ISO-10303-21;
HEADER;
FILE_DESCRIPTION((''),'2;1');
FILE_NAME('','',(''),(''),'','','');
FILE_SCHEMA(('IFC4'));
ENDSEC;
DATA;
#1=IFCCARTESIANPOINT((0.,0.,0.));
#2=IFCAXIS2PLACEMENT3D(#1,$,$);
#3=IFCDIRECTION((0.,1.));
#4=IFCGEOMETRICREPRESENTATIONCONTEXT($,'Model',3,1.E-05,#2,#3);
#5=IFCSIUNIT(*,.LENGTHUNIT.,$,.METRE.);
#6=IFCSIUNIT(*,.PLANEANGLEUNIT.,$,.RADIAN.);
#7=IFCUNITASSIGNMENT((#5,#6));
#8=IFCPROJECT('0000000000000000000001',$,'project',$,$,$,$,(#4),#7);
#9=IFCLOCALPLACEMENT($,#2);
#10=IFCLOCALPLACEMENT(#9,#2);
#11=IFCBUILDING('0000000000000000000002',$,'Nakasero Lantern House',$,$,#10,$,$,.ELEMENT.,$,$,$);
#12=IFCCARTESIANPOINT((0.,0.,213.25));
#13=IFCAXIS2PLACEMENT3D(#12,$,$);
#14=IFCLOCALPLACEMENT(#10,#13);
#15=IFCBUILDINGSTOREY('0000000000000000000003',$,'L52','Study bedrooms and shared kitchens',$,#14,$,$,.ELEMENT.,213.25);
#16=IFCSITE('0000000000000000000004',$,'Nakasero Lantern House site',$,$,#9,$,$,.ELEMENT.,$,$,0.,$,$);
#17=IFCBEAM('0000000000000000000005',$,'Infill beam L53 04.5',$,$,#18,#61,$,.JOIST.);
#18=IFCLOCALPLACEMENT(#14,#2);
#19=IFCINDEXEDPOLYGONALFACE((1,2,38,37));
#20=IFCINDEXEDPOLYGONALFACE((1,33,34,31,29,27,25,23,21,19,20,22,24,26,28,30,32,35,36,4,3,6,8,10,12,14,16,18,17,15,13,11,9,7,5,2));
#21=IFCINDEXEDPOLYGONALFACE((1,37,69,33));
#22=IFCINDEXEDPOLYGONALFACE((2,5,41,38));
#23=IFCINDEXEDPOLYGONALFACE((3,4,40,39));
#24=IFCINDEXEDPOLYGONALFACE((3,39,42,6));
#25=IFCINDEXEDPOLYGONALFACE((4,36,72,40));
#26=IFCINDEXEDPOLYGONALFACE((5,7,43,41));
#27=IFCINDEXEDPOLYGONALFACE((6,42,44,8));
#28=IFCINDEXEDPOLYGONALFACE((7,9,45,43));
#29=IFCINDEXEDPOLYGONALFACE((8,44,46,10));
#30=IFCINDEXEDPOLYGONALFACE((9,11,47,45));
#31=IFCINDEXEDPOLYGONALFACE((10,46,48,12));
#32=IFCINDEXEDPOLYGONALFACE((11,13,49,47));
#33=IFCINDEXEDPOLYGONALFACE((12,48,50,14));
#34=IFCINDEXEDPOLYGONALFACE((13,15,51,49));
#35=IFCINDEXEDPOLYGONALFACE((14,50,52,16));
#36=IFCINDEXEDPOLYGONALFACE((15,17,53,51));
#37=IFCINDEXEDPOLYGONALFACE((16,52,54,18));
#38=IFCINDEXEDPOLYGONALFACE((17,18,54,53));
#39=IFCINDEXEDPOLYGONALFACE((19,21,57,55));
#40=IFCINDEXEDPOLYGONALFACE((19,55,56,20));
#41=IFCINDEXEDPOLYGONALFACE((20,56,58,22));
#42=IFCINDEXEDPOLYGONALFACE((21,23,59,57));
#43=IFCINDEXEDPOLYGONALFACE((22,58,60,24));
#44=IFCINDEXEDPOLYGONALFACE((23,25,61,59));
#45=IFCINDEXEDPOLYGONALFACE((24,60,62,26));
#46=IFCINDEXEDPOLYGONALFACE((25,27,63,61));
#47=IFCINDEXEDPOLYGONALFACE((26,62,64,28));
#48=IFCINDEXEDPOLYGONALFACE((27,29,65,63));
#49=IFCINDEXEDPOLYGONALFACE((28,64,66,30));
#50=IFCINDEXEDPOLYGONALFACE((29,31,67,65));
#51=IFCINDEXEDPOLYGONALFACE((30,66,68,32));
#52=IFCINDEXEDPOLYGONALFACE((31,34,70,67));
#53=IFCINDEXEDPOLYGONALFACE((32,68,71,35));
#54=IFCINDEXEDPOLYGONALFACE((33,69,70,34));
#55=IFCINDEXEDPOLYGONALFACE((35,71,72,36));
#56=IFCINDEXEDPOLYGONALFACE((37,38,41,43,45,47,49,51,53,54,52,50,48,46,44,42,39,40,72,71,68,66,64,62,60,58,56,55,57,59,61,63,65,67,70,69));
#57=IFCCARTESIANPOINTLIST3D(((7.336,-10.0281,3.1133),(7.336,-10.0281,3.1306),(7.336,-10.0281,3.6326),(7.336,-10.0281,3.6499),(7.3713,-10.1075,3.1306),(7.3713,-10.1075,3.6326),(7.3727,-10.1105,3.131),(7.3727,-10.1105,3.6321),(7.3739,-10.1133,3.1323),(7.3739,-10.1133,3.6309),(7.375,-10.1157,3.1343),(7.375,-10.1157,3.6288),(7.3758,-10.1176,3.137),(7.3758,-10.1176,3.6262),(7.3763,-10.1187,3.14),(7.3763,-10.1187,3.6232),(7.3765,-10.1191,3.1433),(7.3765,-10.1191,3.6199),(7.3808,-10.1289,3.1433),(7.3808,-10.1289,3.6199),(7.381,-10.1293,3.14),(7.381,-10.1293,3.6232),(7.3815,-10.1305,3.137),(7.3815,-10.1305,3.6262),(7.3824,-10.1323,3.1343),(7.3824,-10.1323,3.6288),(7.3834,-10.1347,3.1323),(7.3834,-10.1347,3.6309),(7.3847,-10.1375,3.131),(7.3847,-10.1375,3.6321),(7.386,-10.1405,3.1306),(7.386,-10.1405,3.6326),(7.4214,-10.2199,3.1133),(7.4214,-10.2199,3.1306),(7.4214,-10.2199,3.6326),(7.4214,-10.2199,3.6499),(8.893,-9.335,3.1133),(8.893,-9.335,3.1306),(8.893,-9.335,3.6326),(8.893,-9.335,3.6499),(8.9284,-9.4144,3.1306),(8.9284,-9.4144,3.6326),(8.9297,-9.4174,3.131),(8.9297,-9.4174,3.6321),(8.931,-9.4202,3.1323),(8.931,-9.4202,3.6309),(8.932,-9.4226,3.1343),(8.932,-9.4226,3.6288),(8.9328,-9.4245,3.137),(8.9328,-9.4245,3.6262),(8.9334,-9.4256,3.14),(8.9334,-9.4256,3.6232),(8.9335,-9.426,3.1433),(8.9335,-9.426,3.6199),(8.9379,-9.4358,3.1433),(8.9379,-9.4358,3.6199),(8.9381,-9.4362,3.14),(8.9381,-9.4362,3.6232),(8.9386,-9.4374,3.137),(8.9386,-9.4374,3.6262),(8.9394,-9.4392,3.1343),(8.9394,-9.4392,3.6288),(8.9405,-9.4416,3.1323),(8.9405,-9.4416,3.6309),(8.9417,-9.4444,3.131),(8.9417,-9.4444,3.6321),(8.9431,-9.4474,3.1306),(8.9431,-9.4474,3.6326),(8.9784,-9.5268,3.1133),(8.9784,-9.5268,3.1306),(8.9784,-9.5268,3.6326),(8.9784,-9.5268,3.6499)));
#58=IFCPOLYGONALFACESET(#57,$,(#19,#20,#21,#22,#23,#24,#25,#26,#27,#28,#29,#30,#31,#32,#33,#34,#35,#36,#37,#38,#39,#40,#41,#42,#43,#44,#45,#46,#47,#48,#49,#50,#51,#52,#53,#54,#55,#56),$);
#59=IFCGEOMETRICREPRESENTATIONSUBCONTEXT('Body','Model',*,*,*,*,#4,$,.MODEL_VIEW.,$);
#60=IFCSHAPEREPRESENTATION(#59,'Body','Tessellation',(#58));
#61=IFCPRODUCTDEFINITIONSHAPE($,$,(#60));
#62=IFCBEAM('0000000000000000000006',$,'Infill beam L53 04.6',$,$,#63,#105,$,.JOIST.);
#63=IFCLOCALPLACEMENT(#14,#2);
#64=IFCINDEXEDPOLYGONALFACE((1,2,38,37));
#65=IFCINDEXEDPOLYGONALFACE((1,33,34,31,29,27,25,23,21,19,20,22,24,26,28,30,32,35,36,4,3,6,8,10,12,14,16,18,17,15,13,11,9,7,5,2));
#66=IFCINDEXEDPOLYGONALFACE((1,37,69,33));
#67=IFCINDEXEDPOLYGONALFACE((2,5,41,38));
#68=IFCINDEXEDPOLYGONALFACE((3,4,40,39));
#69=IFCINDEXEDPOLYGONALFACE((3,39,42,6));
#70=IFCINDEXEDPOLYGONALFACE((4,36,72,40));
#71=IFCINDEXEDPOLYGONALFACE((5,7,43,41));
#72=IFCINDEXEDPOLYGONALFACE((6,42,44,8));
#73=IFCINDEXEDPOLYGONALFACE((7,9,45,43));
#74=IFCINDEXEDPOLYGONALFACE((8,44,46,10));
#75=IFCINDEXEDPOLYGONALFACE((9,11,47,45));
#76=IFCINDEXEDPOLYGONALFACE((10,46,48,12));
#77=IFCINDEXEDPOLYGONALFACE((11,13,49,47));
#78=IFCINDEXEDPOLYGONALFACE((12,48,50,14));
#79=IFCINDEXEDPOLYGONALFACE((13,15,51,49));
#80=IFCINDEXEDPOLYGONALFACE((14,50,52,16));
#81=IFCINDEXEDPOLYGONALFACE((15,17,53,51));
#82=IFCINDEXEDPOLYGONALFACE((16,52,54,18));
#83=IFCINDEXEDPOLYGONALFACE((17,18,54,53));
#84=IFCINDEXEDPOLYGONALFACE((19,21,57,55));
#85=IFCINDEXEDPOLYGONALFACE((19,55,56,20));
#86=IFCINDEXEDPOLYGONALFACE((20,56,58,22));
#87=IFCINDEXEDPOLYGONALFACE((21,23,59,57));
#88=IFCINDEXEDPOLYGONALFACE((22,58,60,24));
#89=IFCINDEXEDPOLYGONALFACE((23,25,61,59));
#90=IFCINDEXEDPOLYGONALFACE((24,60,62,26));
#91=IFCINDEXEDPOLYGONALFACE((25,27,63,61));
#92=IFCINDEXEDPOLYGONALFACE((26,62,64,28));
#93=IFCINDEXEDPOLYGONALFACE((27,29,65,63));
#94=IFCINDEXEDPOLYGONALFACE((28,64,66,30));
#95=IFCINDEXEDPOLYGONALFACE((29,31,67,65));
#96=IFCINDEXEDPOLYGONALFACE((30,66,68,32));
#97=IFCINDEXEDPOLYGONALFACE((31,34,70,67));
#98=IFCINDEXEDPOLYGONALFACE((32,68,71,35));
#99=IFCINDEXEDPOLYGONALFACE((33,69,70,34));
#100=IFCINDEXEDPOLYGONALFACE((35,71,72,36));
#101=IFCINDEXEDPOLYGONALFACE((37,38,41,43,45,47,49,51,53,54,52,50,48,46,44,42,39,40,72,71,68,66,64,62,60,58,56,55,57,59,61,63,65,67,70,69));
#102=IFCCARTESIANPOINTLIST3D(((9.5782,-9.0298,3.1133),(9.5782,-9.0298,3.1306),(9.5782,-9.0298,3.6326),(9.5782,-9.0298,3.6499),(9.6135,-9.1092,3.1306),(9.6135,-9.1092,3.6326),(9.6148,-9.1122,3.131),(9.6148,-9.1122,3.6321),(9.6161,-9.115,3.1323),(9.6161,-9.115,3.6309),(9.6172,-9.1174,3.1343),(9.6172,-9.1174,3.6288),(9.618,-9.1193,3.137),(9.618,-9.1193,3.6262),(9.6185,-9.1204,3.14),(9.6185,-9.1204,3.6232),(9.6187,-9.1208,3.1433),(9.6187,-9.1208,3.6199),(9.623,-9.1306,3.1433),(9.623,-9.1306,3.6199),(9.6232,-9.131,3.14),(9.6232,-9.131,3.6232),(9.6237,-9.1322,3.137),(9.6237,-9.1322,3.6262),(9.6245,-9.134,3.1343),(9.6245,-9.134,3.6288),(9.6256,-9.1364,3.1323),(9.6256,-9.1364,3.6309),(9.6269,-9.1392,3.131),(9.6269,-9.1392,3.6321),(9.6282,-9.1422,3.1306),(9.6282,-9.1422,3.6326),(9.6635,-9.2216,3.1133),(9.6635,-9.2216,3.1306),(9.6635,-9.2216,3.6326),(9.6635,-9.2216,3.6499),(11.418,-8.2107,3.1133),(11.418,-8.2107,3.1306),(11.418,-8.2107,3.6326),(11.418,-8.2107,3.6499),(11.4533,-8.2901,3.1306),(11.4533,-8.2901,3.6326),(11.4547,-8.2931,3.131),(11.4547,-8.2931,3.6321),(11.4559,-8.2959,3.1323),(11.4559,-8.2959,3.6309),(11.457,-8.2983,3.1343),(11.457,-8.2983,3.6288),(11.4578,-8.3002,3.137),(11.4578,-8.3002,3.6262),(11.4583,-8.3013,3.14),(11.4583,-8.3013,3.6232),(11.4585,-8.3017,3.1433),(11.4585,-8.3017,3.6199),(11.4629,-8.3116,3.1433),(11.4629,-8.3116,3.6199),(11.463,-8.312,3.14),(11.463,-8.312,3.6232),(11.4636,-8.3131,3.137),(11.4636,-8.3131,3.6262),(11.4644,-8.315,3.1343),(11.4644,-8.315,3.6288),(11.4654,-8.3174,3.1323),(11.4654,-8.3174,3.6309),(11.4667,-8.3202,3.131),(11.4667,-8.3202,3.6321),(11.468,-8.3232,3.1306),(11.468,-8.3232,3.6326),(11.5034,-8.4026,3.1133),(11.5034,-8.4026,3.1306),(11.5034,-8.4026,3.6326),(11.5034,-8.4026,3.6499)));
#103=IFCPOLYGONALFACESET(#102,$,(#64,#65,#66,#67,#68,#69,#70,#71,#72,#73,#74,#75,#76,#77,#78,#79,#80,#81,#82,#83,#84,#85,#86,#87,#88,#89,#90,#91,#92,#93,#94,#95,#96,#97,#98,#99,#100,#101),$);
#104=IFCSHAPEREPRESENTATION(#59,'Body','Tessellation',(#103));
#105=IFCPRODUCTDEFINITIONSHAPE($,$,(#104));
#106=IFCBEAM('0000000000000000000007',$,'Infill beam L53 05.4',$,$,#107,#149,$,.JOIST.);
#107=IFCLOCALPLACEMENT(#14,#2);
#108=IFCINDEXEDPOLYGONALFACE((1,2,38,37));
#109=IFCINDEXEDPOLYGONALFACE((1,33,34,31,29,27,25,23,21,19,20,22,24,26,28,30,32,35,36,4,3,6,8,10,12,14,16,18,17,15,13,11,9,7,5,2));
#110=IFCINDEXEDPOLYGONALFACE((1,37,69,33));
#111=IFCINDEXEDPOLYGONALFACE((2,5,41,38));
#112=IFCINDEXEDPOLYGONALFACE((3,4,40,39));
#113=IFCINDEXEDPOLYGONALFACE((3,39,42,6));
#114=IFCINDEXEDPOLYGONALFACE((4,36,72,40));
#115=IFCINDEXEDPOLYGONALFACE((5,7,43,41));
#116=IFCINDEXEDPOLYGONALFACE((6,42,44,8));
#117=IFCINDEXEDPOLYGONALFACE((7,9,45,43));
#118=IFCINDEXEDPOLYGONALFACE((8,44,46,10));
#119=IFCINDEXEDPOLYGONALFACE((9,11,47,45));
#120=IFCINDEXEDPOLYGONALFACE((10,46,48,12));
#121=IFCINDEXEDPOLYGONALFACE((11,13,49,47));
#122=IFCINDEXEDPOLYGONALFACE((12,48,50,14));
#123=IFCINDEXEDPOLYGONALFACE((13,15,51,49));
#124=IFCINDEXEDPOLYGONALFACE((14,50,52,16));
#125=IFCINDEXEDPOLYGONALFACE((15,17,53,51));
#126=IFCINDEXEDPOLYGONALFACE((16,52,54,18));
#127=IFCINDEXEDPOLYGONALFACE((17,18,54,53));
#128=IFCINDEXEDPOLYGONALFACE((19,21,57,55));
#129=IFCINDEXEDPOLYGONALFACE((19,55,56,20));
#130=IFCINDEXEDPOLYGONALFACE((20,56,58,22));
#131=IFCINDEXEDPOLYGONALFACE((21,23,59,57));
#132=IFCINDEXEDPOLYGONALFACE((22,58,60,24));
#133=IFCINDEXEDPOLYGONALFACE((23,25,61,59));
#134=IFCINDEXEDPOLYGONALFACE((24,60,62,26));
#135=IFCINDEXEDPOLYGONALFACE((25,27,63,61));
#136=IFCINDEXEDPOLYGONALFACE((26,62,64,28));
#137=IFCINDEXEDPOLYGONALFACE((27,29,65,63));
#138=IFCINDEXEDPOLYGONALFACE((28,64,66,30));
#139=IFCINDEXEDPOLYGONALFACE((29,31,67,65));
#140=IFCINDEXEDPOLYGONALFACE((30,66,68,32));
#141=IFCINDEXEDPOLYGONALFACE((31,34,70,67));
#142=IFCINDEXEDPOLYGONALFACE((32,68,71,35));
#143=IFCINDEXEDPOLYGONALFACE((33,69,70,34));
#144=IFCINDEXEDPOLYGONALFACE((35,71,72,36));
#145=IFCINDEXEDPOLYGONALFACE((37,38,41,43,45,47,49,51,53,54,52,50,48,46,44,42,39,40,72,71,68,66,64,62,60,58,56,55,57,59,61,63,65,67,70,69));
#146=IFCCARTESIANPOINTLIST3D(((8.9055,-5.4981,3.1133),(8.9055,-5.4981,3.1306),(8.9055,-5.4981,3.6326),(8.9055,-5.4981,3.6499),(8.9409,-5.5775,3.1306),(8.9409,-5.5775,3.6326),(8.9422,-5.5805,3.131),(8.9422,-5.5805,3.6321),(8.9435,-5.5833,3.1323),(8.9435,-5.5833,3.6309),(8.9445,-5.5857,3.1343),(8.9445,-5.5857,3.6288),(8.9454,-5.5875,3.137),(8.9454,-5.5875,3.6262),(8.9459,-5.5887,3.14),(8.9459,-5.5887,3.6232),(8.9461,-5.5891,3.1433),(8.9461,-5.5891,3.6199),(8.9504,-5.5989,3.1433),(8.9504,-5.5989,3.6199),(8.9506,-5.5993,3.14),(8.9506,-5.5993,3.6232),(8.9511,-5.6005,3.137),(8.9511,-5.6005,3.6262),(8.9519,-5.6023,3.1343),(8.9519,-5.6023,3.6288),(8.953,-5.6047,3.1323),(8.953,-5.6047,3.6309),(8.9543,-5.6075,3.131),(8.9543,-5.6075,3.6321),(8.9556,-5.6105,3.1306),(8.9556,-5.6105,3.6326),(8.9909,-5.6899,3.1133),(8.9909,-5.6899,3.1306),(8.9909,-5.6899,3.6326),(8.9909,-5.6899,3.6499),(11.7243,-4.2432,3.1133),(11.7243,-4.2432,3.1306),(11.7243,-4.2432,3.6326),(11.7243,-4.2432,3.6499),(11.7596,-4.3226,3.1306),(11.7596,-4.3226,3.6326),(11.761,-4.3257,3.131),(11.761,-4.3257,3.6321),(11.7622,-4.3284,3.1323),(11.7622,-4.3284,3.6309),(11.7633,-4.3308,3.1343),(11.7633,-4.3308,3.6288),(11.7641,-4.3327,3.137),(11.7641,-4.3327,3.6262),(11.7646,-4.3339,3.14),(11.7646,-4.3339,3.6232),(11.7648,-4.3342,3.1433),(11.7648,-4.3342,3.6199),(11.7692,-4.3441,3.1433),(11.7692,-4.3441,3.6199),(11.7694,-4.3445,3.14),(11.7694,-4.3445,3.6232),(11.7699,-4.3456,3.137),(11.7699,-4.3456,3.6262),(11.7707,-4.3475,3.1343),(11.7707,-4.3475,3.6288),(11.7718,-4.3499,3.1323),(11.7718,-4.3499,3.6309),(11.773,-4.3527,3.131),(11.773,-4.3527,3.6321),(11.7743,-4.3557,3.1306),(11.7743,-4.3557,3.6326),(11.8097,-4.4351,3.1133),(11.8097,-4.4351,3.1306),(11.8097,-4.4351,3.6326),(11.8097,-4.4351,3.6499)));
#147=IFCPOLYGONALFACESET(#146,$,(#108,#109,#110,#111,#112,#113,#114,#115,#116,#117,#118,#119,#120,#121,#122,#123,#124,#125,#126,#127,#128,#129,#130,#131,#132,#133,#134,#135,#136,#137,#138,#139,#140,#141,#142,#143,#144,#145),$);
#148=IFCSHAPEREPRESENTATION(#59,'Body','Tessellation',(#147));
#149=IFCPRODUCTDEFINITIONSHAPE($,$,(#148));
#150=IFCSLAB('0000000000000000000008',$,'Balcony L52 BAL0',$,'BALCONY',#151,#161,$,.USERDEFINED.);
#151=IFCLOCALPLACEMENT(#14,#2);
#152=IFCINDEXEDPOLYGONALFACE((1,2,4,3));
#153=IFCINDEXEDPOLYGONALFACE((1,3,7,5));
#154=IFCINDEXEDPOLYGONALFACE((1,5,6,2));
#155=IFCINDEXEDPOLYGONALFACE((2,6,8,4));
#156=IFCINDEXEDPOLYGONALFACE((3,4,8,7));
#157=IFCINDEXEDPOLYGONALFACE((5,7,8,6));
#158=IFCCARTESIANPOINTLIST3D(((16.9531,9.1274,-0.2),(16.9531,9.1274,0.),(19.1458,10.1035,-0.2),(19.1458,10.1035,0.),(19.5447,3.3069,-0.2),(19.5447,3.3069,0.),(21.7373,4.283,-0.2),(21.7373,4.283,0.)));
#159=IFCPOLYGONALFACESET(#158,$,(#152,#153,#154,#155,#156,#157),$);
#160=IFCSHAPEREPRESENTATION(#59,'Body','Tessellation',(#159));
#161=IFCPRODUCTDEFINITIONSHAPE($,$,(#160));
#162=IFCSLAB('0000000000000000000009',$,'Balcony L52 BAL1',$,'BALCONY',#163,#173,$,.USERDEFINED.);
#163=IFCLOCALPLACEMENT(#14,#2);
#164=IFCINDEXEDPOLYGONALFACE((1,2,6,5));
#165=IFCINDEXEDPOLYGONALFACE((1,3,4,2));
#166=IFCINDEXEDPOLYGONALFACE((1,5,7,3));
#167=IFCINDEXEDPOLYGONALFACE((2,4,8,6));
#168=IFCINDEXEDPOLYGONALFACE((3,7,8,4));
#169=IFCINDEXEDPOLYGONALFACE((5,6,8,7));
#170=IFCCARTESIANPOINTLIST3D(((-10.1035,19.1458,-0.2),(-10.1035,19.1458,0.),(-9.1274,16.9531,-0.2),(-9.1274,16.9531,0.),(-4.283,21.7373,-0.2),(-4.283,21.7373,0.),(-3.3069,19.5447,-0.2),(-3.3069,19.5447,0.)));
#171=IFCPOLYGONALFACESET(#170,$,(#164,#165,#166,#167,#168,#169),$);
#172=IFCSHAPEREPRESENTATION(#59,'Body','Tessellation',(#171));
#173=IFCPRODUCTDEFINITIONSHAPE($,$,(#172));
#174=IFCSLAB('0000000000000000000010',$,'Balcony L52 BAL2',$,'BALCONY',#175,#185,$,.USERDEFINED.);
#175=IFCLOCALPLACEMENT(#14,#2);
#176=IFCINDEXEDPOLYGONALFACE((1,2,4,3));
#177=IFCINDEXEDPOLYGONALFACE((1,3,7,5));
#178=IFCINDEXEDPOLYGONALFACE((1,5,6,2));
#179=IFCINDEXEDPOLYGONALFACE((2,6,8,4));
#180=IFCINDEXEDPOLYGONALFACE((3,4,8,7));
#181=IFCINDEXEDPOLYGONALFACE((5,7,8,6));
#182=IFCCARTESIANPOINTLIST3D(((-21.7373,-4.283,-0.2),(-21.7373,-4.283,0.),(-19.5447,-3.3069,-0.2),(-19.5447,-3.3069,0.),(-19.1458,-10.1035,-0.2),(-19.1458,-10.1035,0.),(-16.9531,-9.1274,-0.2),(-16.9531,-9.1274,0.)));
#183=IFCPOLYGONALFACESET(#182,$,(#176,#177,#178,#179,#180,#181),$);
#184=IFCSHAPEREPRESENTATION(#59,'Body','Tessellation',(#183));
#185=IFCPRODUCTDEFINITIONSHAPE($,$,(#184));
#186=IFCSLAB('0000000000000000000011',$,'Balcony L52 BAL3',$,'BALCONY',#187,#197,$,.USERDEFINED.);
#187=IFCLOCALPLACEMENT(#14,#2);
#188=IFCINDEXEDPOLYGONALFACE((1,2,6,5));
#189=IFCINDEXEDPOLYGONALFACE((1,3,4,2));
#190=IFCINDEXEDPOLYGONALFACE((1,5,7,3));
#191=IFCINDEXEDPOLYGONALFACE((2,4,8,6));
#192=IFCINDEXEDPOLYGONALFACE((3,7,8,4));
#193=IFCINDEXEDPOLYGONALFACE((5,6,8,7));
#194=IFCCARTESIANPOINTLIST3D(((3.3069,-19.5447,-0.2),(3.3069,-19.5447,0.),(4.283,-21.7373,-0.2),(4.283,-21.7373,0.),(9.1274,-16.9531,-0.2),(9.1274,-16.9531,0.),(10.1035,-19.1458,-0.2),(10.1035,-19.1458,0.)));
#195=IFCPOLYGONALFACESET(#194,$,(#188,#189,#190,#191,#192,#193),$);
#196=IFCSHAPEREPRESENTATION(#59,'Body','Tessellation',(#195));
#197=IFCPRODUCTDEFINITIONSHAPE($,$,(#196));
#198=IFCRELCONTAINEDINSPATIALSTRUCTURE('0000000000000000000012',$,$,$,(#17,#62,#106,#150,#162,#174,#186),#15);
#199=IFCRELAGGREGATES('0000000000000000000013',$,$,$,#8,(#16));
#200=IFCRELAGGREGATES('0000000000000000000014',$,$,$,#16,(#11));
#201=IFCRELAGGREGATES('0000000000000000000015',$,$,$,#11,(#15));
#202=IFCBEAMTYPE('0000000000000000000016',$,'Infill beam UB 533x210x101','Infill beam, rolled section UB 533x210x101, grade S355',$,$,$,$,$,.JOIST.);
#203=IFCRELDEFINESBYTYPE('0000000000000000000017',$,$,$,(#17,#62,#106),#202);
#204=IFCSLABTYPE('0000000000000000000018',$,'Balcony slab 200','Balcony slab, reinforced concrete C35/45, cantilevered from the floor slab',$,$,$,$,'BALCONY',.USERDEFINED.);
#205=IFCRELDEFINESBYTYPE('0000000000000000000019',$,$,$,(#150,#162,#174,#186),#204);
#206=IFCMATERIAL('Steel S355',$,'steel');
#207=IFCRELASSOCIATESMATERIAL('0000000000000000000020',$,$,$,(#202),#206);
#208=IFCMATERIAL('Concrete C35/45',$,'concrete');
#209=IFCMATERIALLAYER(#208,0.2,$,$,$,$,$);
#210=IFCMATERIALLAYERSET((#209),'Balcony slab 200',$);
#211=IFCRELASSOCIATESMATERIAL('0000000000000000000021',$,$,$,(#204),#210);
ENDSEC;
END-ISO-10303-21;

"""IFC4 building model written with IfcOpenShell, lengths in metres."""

from ifc_helpers import new_model, si_unit, direction, frame, origin, origin_2d, place, context, subcontext, project, spatial, polyline, i_section, outline, extrude, material, layer, layer_set, material_profile, profile_set, type_object, element, save


model = new_model("IFC4")

# Units and contexts
model_context = context("Model", 3, precision=1e-05, world=origin(), true_north=direction((0.0, 1.0)))
body_context = subcontext(model_context, "Body", "Model", "MODEL_VIEW")
ifc_project = project(units=[si_unit("LENGTHUNIT", "METRE"), si_unit("PLANEANGLEUNIT", "RADIAN")], contexts=[model_context])

# Site, building, storey
site_placement = place(None, origin())
site = spatial("IfcSite", under=ifc_project, at=site_placement, Name="Nakasero Lantern House site", CompositionType="ELEMENT", RefElevation=0.0)
building_placement = place(site_placement, origin())
building = spatial("IfcBuilding", under=site, at=building_placement, Name="Nakasero Lantern House", CompositionType="ELEMENT")
storey_placement = place(building_placement, frame((0.0, 0.0, 213.25)))
storey = spatial("IfcBuildingStorey", under=building, at=storey_placement, Name="L52", Description="Study bedrooms and shared kitchens", CompositionType="ELEMENT", Elevation=213.25)

# Beams
ifc_material_1 = material(Name="Steel S355", Category="steel")
ifc_material_profile = material_profile(ifc_material_1, i_section(OverallWidth=0.21, OverallDepth=0.5366, WebThickness=0.0107, FlangeThickness=0.0173, FilletRadius=0.0127, at=origin_2d()), Name="UB 533x210x101")
ifc_profile_set = profile_set([ifc_material_profile], Name="Steel S355")
beam_type = type_object("IfcBeamType", Name="Infill beam UB 533x210x101", Description="Infill beam, rolled section UB 533x210x101, grade S355", PredefinedType="JOIST", material=ifc_profile_set)
beam_1_placement = place(storey_placement, frame((7.3787, -10.124, 3.3816), z_axis=(0.913581, 0.406657, 0.0), x_axis=(-0.406657, 0.913581, 0.0)))
element("IfcBeam", 1, at=beam_1_placement, inside=storey, type_object=beam_type, Name="Infill beam L53 04.5", PredefinedType="JOIST", context=body_context, shape_type="SweptSolid", body=[
    extrude(i_section(OverallWidth=0.21, OverallDepth=0.5366, WebThickness=0.0107, FlangeThickness=0.0173, FilletRadius=0.0127, at=origin_2d()), origin(), (0.0, 0.0, 1.0), 1.7043),
])
beam_2_placement = place(storey_placement, frame((9.6208, -9.1257, 3.3816), z_axis=(0.913556, 0.406712, 0.0), x_axis=(-0.406712, 0.913556, 0.0)))
element("IfcBeam", 2, at=beam_2_placement, inside=storey, type_object=beam_type, Name="Infill beam L53 04.6", PredefinedType="JOIST", context=body_context, shape_type="SweptSolid", body=[
    extrude(i_section(OverallWidth=0.21, OverallDepth=0.5366, WebThickness=0.0107, FlangeThickness=0.0173, FilletRadius=0.0127, at=origin_2d()), origin(), (0.0, 0.0, 1.0), 2.0139),
])
beam_3_placement = place(storey_placement, frame((8.9482, -5.594, 3.3816), z_axis=(0.913563, 0.406696, 0.0), x_axis=(-0.406696, 0.913563, 0.0)))
element("IfcBeam", 3, at=beam_3_placement, inside=storey, type_object=beam_type, Name="Infill beam L53 05.4", PredefinedType="JOIST", context=body_context, shape_type="SweptSolid", body=[
    extrude(i_section(OverallWidth=0.21, OverallDepth=0.5366, WebThickness=0.0107, FlangeThickness=0.0173, FilletRadius=0.0127, at=origin_2d()), origin(), (0.0, 0.0, 1.0), 3.0854),
])

# Slabs
ifc_material_2 = material(Name="Concrete C35/45", Category="concrete")
ifc_layer_1 = layer(ifc_material_2, 0.2)
ifc_layer_set_1 = layer_set([ifc_layer_1], Name="Balcony slab 200")
slab_type_1 = type_object("IfcSlabType", Name="Balcony slab 200", Description="Balcony slab, reinforced concrete C35/45, cantilevered from the floor slab", ElementType="BALCONY", PredefinedType="USERDEFINED", material=ifc_layer_set_1)
slab_1_placement = place(storey_placement, frame((0.0, 0.0, -0.2)))
element("IfcSlab", 4, at=slab_1_placement, inside=storey, type_object=slab_type_1, Name="Balcony L52 BAL0", ObjectType="BALCONY", PredefinedType="USERDEFINED", context=body_context, shape_type="SweptSolid", body=[
    extrude(outline(polyline([(19.5447, 3.3069), (21.7373, 4.283), (19.1458, 10.1035), (16.9531, 9.1274), (19.5447, 3.3069)])), origin(), (0.0, 0.0, 1.0), 0.2),
])
slab_2_placement = place(storey_placement, frame((0.0, 0.0, -0.2)))
element("IfcSlab", 5, at=slab_2_placement, inside=storey, type_object=slab_type_1, Name="Balcony L52 BAL1", ObjectType="BALCONY", PredefinedType="USERDEFINED", context=body_context, shape_type="SweptSolid", body=[
    extrude(outline(polyline([(-3.3069, 19.5447), (-4.283, 21.7373), (-10.1035, 19.1458), (-9.1274, 16.9531), (-3.3069, 19.5447)])), origin(), (0.0, 0.0, 1.0), 0.2),
])
slab_3_placement = place(storey_placement, frame((0.0, 0.0, -0.2)))
element("IfcSlab", 6, at=slab_3_placement, inside=storey, type_object=slab_type_1, Name="Balcony L52 BAL2", ObjectType="BALCONY", PredefinedType="USERDEFINED", context=body_context, shape_type="SweptSolid", body=[
    extrude(outline(polyline([(-19.5447, -3.3069), (-21.7373, -4.283), (-19.1458, -10.1035), (-16.9531, -9.1274), (-19.5447, -3.3069)])), origin(), (0.0, 0.0, 1.0), 0.2),
])
slab_4_placement = place(storey_placement, frame((0.0, 0.0, -0.2)))
element("IfcSlab", 7, at=slab_4_placement, inside=storey, type_object=slab_type_1, Name="Balcony L52 BAL3", ObjectType="BALCONY", PredefinedType="USERDEFINED", context=body_context, shape_type="SweptSolid", body=[
    extrude(outline(polyline([(3.3069, -19.5447), (4.283, -21.7373), (10.1035, -19.1458), (9.1274, -16.9531), (3.3069, -19.5447)])), origin(), (0.0, 0.0, 1.0), 0.2),
])

save(model, "model.ifc")
